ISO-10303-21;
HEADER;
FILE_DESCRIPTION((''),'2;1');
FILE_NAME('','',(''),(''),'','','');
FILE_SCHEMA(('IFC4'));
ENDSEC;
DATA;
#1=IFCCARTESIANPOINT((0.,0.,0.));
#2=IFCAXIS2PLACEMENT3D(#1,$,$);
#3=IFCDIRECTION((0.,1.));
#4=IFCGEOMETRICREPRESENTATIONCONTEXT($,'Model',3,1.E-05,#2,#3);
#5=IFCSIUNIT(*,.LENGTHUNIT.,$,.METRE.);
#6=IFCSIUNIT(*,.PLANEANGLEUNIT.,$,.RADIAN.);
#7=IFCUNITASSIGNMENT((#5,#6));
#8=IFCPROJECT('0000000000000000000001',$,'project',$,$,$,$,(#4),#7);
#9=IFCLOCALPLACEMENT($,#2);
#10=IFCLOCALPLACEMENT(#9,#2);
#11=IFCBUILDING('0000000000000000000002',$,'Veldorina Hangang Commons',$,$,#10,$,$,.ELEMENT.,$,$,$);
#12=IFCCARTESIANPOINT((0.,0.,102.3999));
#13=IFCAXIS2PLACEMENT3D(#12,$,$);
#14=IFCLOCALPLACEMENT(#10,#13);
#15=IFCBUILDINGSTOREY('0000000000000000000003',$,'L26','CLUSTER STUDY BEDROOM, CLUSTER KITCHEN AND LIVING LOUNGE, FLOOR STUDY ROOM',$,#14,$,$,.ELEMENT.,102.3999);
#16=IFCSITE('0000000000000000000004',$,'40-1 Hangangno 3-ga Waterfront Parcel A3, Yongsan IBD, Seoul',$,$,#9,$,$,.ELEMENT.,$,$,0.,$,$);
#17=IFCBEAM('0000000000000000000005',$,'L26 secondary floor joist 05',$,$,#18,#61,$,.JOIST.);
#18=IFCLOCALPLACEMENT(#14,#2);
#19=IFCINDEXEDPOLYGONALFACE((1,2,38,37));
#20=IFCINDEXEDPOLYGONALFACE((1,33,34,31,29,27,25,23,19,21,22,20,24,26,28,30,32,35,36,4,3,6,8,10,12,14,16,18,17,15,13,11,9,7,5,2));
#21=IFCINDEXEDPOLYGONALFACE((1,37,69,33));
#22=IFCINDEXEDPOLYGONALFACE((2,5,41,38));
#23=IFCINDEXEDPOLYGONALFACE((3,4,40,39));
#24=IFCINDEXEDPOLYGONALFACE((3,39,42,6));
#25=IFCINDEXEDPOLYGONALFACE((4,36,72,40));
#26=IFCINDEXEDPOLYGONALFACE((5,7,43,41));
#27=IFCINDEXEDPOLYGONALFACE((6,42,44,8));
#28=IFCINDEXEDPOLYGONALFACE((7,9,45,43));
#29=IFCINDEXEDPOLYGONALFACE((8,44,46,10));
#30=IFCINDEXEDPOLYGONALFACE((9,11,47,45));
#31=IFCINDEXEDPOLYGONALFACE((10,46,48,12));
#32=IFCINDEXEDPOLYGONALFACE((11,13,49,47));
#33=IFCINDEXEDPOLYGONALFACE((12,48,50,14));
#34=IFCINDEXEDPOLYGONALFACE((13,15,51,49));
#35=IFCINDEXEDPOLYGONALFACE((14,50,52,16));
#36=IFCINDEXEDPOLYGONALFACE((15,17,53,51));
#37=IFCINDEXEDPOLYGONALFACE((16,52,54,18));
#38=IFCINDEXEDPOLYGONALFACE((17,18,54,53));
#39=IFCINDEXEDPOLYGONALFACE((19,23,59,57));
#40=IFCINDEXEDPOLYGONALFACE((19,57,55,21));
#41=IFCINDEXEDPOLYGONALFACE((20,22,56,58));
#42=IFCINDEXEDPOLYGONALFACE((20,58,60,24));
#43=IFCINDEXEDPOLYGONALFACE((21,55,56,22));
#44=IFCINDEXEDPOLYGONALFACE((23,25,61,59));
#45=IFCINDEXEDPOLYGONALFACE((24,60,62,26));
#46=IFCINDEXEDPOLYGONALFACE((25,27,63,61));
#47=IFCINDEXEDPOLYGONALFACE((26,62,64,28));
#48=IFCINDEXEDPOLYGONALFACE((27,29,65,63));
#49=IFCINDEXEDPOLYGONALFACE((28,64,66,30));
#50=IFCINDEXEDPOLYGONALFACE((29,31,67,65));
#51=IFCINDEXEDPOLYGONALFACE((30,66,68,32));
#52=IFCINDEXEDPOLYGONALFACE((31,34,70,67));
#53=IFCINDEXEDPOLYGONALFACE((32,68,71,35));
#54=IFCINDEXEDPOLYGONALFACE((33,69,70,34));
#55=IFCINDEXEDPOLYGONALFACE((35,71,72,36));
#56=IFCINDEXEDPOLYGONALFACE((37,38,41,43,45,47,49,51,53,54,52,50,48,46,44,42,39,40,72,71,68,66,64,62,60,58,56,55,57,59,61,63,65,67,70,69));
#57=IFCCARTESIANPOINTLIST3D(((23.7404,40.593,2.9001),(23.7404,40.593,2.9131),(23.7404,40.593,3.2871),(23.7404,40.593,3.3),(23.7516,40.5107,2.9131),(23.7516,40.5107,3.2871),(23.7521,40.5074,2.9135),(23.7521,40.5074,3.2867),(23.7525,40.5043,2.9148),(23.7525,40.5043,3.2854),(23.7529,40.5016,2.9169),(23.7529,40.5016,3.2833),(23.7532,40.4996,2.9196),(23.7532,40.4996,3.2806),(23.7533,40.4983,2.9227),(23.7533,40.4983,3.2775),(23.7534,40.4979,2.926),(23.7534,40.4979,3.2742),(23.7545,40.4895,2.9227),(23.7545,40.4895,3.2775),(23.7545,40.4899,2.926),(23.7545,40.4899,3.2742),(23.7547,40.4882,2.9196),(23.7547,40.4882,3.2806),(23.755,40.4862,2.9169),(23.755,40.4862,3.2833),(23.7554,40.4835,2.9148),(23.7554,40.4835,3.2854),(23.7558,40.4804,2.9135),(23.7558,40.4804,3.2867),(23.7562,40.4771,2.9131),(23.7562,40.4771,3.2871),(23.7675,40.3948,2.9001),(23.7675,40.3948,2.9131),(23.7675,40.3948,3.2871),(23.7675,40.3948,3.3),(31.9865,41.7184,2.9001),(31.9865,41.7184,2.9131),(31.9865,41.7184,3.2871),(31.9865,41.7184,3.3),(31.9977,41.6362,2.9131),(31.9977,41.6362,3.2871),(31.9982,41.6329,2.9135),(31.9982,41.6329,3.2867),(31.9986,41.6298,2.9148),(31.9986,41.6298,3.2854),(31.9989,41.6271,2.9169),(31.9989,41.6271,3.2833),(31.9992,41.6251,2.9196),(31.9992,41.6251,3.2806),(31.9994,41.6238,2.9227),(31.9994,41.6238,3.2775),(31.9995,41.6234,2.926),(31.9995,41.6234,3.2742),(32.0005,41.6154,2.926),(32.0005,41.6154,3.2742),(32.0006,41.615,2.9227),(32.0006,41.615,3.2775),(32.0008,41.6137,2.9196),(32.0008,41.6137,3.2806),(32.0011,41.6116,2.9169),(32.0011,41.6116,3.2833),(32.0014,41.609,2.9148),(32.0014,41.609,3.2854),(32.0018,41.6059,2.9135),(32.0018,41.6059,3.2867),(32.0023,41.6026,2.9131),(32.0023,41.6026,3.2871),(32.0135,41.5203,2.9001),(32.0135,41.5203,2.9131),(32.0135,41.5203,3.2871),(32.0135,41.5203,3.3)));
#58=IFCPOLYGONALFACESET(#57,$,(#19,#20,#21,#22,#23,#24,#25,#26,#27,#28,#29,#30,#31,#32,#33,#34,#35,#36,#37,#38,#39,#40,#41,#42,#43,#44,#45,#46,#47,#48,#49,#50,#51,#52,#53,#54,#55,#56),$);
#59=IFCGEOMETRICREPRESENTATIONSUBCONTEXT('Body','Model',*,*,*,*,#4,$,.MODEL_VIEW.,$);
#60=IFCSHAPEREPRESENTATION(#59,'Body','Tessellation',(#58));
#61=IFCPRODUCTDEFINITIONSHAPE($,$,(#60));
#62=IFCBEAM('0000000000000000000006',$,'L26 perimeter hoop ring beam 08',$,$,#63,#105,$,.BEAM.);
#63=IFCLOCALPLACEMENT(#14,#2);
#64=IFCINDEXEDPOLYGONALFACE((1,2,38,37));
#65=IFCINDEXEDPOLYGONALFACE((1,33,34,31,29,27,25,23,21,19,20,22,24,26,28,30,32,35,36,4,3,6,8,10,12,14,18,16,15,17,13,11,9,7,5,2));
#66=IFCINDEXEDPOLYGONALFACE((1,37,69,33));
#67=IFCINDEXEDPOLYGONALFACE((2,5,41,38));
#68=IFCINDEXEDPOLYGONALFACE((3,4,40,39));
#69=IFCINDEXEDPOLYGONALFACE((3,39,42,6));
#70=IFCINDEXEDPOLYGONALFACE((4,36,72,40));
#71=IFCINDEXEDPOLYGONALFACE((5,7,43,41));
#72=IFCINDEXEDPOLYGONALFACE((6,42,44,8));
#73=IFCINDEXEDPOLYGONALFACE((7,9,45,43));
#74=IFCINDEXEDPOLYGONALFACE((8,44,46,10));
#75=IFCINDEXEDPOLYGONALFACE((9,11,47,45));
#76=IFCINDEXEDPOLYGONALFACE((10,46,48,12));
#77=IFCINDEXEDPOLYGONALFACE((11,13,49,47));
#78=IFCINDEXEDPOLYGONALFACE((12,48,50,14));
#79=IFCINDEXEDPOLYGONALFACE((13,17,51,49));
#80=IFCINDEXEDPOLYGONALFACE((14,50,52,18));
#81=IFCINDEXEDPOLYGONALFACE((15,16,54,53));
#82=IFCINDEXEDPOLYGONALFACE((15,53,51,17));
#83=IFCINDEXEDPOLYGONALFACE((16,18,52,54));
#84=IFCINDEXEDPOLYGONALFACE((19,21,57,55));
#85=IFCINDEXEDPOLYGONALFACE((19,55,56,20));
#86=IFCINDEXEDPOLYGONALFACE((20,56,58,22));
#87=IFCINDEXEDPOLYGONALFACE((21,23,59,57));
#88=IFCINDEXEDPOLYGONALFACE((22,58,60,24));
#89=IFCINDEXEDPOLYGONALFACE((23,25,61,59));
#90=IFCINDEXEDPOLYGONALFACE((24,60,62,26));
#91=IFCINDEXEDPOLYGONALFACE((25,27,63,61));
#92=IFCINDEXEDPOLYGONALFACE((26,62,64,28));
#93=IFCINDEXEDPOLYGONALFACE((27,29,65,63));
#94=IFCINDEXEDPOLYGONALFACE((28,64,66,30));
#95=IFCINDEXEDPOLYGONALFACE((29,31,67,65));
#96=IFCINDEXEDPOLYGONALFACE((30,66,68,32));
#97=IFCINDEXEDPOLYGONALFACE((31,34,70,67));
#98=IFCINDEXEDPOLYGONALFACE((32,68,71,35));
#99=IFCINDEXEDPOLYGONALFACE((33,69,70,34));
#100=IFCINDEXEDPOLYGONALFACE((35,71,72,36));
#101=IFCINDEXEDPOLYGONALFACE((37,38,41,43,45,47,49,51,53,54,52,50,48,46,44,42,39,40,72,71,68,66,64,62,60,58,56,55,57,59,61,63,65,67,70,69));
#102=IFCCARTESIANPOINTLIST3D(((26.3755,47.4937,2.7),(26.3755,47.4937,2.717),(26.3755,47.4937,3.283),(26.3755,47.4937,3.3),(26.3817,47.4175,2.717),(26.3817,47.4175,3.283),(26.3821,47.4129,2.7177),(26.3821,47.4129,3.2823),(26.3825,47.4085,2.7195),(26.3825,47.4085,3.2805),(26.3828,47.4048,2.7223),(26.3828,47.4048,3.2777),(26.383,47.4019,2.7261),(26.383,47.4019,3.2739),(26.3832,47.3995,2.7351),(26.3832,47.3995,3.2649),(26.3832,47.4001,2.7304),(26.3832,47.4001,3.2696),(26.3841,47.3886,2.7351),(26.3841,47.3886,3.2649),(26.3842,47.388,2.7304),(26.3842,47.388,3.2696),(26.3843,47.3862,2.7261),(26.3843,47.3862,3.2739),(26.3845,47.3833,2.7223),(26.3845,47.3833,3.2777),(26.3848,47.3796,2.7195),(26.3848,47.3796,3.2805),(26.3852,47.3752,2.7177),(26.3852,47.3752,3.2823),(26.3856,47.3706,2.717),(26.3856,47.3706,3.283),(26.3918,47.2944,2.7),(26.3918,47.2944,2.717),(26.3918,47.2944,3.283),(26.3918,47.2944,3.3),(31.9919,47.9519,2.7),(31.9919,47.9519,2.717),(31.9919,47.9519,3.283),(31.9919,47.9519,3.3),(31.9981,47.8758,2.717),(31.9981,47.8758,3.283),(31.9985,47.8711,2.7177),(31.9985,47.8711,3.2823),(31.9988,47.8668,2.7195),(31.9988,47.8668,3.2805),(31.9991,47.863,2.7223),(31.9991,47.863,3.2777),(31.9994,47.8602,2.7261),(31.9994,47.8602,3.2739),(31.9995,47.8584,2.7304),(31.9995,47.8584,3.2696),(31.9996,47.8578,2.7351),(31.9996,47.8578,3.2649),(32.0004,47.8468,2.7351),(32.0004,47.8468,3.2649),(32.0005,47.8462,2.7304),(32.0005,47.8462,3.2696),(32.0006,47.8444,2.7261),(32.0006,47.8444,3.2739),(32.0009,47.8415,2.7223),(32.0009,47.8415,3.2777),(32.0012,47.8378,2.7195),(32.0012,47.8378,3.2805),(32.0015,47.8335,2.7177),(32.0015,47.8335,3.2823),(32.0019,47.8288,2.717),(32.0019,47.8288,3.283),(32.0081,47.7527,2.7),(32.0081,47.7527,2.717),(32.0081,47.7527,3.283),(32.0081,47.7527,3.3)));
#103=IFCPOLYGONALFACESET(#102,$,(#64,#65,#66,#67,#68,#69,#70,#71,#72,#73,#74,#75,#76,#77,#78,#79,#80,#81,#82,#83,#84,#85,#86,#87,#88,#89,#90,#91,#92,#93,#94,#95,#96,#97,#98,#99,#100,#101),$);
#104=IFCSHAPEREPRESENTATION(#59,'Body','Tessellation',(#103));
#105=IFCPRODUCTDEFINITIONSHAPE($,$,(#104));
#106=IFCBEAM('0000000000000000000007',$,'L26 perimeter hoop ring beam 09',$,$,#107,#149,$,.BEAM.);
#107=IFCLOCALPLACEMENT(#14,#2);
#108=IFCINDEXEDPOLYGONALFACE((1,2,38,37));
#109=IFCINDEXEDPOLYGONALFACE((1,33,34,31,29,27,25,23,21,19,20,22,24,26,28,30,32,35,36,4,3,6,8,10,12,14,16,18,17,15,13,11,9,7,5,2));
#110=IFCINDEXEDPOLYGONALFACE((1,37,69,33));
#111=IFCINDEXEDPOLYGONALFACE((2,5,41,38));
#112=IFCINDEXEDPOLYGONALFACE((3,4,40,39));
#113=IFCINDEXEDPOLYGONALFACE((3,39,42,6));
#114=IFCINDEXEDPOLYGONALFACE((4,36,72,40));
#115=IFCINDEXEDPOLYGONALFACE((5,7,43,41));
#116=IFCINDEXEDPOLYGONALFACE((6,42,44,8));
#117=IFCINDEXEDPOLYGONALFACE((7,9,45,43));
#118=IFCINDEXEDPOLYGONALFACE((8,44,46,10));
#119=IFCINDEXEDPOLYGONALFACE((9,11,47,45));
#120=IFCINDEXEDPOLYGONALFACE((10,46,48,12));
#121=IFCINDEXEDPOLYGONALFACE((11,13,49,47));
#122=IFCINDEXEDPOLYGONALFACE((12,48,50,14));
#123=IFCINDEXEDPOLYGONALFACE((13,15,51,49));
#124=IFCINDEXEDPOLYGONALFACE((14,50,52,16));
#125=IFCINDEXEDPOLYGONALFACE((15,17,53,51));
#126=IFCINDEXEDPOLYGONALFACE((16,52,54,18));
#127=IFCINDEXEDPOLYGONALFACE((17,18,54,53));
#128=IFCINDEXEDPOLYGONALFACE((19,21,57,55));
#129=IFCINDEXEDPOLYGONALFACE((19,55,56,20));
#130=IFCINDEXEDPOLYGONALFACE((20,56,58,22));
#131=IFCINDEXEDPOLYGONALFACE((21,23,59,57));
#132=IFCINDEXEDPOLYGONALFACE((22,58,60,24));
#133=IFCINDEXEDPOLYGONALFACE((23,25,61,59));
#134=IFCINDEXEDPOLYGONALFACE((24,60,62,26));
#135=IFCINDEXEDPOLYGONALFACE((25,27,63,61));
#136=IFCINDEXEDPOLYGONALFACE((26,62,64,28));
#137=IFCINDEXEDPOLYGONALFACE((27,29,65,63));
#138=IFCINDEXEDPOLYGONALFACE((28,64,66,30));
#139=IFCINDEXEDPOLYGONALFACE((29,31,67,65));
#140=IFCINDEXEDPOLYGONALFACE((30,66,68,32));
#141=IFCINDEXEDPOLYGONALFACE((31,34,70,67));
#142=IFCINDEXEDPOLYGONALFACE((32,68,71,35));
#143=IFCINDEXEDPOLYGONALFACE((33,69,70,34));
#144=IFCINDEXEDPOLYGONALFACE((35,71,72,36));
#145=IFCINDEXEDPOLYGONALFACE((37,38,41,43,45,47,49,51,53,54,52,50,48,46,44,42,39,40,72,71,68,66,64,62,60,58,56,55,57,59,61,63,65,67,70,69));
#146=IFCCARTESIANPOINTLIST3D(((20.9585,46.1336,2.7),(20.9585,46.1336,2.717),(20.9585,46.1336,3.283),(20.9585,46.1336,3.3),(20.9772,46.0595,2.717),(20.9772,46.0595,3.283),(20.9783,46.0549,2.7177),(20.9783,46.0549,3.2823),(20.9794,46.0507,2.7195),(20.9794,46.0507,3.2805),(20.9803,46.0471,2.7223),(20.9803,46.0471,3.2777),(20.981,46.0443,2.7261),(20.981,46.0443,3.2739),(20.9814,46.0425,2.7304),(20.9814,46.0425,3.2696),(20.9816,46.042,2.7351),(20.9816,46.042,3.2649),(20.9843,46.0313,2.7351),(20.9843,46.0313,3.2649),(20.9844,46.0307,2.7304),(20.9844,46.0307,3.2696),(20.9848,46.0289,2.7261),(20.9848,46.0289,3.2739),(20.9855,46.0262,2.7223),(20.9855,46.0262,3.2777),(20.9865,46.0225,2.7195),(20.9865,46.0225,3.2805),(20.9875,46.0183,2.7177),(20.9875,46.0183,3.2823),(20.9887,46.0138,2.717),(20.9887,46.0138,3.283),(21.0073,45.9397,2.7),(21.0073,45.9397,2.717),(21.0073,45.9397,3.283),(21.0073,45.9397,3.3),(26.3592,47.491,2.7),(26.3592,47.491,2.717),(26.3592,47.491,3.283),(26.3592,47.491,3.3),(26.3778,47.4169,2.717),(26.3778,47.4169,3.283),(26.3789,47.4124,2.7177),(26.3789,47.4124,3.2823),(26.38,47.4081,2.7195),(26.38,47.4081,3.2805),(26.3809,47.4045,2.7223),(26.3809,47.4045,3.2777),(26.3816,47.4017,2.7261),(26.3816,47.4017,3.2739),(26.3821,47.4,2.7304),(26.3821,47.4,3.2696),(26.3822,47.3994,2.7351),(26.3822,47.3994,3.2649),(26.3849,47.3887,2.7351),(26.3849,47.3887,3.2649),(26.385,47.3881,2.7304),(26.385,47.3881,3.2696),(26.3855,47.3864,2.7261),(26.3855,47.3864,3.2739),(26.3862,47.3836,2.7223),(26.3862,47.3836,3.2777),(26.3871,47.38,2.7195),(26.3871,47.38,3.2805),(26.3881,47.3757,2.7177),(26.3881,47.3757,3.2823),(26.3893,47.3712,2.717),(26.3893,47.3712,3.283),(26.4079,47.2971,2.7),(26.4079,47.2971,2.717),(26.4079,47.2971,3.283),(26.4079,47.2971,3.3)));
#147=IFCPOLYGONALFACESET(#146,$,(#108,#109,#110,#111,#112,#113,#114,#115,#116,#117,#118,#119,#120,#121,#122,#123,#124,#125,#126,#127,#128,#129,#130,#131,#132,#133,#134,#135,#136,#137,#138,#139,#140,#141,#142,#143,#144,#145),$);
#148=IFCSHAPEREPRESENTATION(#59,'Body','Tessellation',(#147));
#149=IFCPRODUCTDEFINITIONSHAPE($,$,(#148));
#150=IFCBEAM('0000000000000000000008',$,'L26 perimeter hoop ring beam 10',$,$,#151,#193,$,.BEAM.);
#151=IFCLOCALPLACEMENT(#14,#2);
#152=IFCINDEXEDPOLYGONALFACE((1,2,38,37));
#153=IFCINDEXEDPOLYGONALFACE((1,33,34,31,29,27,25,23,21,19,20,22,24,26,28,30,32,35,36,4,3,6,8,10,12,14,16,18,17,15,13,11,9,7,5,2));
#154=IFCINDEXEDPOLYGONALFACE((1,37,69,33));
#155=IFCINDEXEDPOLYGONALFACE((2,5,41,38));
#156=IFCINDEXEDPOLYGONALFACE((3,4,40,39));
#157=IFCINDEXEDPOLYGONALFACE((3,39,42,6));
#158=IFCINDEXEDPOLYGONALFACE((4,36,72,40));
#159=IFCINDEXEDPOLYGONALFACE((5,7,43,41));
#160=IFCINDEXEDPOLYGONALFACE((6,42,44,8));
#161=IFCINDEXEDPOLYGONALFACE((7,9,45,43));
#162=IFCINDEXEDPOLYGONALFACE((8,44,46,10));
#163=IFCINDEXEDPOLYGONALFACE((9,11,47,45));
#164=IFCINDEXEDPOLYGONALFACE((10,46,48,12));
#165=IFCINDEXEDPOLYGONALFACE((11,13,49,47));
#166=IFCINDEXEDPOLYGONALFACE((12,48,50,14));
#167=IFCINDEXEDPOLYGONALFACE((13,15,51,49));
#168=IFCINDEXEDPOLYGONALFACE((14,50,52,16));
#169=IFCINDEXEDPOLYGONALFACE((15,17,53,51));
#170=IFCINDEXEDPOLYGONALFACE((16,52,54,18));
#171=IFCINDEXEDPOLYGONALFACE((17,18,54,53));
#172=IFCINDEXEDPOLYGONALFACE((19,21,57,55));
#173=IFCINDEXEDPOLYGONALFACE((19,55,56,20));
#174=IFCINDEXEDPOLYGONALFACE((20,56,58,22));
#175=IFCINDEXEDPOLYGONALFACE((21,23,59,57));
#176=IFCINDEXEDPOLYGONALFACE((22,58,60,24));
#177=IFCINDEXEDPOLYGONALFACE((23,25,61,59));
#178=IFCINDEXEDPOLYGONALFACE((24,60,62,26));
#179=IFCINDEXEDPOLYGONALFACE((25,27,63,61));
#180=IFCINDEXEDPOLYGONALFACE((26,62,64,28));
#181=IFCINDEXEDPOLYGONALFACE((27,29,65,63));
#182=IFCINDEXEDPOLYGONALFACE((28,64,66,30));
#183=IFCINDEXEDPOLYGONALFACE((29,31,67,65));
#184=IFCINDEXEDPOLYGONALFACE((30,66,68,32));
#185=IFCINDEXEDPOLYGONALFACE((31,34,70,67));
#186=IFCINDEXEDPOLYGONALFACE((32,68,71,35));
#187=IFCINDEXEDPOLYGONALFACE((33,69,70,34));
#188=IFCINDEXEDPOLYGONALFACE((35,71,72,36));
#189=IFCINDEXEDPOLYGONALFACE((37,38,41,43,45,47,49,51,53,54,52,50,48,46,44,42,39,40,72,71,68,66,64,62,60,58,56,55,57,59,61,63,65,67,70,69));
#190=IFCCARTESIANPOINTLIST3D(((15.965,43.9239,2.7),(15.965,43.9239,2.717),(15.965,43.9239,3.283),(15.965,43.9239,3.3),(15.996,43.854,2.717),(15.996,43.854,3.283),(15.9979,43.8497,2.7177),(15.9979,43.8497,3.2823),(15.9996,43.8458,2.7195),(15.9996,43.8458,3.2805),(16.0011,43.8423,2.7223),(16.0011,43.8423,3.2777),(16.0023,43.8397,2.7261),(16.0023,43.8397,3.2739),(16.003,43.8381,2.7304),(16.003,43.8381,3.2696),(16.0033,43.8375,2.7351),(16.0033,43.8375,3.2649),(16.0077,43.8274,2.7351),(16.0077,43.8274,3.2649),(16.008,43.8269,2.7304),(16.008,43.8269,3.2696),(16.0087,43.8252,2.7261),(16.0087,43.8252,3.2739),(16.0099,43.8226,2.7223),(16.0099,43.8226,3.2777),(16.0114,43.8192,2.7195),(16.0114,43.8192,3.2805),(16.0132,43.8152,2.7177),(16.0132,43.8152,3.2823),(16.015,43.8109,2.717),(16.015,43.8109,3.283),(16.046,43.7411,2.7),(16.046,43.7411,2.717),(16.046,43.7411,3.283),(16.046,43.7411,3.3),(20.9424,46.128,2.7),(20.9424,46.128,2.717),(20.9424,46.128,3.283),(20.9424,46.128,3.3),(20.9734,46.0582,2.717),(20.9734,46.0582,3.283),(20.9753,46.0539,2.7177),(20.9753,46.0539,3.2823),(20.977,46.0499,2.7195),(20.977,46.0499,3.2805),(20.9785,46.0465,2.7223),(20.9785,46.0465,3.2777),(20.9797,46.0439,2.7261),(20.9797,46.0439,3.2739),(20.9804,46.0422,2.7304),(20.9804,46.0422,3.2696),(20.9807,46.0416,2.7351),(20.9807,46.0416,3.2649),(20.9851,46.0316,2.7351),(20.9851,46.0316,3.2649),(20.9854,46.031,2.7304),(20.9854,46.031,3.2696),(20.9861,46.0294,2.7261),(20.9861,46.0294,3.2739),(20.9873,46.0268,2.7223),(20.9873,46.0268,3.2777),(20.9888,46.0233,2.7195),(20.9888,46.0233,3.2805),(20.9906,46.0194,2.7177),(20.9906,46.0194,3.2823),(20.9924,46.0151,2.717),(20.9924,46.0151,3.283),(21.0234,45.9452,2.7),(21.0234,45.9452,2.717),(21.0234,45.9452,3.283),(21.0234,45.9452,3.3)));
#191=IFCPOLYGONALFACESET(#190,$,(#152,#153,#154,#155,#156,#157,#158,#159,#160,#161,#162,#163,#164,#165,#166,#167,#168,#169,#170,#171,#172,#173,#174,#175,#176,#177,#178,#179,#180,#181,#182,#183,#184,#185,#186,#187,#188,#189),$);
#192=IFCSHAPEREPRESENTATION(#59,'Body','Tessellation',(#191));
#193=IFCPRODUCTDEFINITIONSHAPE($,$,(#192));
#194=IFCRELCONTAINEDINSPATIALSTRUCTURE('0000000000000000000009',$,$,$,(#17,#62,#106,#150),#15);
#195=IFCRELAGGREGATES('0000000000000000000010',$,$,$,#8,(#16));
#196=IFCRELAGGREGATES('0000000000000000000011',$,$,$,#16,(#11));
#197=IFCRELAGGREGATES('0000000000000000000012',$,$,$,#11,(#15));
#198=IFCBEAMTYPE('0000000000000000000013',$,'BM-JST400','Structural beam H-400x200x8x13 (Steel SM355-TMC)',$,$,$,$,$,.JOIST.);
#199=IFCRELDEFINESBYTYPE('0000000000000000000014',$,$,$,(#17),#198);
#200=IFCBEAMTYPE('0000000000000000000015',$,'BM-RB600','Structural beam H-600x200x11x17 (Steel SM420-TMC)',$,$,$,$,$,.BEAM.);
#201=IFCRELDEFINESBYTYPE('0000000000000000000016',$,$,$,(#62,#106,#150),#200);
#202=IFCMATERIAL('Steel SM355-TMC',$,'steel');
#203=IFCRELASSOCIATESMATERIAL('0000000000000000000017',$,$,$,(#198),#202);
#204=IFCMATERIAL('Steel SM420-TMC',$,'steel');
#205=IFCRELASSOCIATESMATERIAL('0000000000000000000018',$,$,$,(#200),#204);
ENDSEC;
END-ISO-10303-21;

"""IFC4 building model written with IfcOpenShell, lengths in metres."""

from ifc_helpers import new_model, si_unit, direction, frame, origin, origin_2d, place, context, subcontext, project, spatial, i_section, extrude, material, material_profile, profile_set, type_object, element, save


model = new_model("IFC4")

# Units and contexts
model_context = context("Model", 3, precision=1e-05, world=origin(), true_north=direction((0.0, 1.0)))
body_context = subcontext(model_context, "Body", "Model", "MODEL_VIEW")
ifc_project = project(units=[si_unit("LENGTHUNIT", "METRE"), si_unit("PLANEANGLEUNIT", "RADIAN")], contexts=[model_context])

# Site, building, storey
site_placement = place(None, origin())
site = spatial("IfcSite", under=ifc_project, at=site_placement, Name="40-1 Hangangno 3-ga Waterfront Parcel A3, Yongsan IBD, Seoul", CompositionType="ELEMENT", RefElevation=0.0)
building_placement = place(site_placement, origin())
building = spatial("IfcBuilding", under=site, at=building_placement, Name="Veldorina Hangang Commons", CompositionType="ELEMENT")
storey_placement = place(building_placement, frame((0.0, 0.0, 102.3999)))
storey = spatial("IfcBuildingStorey", under=building, at=storey_placement, Name="L26", Description="CLUSTER STUDY BEDROOM, CLUSTER KITCHEN AND LIVING LOUNGE, FLOOR STUDY ROOM", CompositionType="ELEMENT", Elevation=102.3999)

# Beams
ifc_material_1 = material(Name="Steel SM355-TMC", Category="steel")
ifc_material_profile_1 = material_profile(ifc_material_1, i_section(OverallWidth=0.2, OverallDepth=0.3999, WebThickness=0.0081, FlangeThickness=0.0129, FilletRadius=0.0129, at=origin_2d()), Name="H-400x200x8x13")
ifc_profile_set_1 = profile_set([ifc_material_profile_1], Name="Steel SM355-TMC")
beam_type_1 = type_object("IfcBeamType", Name="BM-JST400", Description="Structural beam H-400x200x8x13 (Steel SM355-TMC)", PredefinedType="JOIST", material=ifc_profile_set_1)
beam_1_placement = place(storey_placement, frame((32.0, 41.6194, 3.1001), z_axis=(-0.990814, -0.135234, 0.0), x_axis=(0.135234, -0.990814, 0.0)))
element("IfcBeam", 1, at=beam_1_placement, inside=storey, type_object=beam_type_1, Name="L26 secondary floor joist 05", PredefinedType="JOIST", context=body_context, shape_type="SweptSolid", body=[
    extrude(i_section(OverallWidth=0.2, OverallDepth=0.3999, WebThickness=0.0081, FlangeThickness=0.0129, FilletRadius=0.0129, at=origin_2d()), origin(), (0.0, 0.0, 1.0), 8.3225),
])
ifc_material_2 = material(Name="Steel SM420-TMC", Category="steel")
ifc_material_profile_2 = material_profile(ifc_material_2, i_section(OverallWidth=0.2, OverallDepth=0.6001, WebThickness=0.011, FlangeThickness=0.0171, FilletRadius=0.0181, at=origin_2d()), Name="H-600x200x11x17")
ifc_profile_set_2 = profile_set([ifc_material_profile_2], Name="Steel SM420-TMC")
beam_type_2 = type_object("IfcBeamType", Name="BM-RB600", Description="Structural beam H-600x200x11x17 (Steel SM420-TMC)", PredefinedType="BEAM", material=ifc_profile_set_2)
beam_2_placement = place(storey_placement, frame((32.0, 47.8523, 3.0), z_axis=(-0.996688, -0.081321, 0.0), x_axis=(0.081321, -0.996688, 0.0)))
element("IfcBeam", 2, at=beam_2_placement, inside=storey, type_object=beam_type_2, Name="L26 perimeter hoop ring beam 08", PredefinedType="BEAM", context=body_context, shape_type="SweptSolid", body=[
    extrude(i_section(OverallWidth=0.2, OverallDepth=0.6001, WebThickness=0.011, FlangeThickness=0.0171, FilletRadius=0.0181, at=origin_2d()), origin(), (0.0, 0.0, 1.0), 5.635),
])
beam_3_placement = place(storey_placement, frame((26.3835, 47.394, 3.0), z_axis=(-0.969835, -0.243763, 0.0), x_axis=(0.243763, -0.969835, 0.0)))
element("IfcBeam", 3, at=beam_3_placement, inside=storey, type_object=beam_type_2, Name="L26 perimeter hoop ring beam 09", PredefinedType="BEAM", context=body_context, shape_type="SweptSolid", body=[
    extrude(i_section(OverallWidth=0.2, OverallDepth=0.6001, WebThickness=0.011, FlangeThickness=0.0171, FilletRadius=0.0181, at=origin_2d()), origin(), (0.0, 0.0, 1.0), 5.5686),
])
beam_4_placement = place(storey_placement, frame((20.9829, 46.0366, 3.0), z_axis=(-0.914358, -0.404906, 0.0), x_axis=(0.404906, -0.914358, 0.0)))
element("IfcBeam", 4, at=beam_4_placement, inside=storey, type_object=beam_type_2, Name="L26 perimeter hoop ring beam 10", PredefinedType="BEAM", context=body_context, shape_type="SweptSolid", body=[
    extrude(i_section(OverallWidth=0.2, OverallDepth=0.6001, WebThickness=0.011, FlangeThickness=0.0171, FilletRadius=0.0181, at=origin_2d()), origin(), (0.0, 0.0, 1.0), 5.4436),
])

save(model, "model.ifc")
